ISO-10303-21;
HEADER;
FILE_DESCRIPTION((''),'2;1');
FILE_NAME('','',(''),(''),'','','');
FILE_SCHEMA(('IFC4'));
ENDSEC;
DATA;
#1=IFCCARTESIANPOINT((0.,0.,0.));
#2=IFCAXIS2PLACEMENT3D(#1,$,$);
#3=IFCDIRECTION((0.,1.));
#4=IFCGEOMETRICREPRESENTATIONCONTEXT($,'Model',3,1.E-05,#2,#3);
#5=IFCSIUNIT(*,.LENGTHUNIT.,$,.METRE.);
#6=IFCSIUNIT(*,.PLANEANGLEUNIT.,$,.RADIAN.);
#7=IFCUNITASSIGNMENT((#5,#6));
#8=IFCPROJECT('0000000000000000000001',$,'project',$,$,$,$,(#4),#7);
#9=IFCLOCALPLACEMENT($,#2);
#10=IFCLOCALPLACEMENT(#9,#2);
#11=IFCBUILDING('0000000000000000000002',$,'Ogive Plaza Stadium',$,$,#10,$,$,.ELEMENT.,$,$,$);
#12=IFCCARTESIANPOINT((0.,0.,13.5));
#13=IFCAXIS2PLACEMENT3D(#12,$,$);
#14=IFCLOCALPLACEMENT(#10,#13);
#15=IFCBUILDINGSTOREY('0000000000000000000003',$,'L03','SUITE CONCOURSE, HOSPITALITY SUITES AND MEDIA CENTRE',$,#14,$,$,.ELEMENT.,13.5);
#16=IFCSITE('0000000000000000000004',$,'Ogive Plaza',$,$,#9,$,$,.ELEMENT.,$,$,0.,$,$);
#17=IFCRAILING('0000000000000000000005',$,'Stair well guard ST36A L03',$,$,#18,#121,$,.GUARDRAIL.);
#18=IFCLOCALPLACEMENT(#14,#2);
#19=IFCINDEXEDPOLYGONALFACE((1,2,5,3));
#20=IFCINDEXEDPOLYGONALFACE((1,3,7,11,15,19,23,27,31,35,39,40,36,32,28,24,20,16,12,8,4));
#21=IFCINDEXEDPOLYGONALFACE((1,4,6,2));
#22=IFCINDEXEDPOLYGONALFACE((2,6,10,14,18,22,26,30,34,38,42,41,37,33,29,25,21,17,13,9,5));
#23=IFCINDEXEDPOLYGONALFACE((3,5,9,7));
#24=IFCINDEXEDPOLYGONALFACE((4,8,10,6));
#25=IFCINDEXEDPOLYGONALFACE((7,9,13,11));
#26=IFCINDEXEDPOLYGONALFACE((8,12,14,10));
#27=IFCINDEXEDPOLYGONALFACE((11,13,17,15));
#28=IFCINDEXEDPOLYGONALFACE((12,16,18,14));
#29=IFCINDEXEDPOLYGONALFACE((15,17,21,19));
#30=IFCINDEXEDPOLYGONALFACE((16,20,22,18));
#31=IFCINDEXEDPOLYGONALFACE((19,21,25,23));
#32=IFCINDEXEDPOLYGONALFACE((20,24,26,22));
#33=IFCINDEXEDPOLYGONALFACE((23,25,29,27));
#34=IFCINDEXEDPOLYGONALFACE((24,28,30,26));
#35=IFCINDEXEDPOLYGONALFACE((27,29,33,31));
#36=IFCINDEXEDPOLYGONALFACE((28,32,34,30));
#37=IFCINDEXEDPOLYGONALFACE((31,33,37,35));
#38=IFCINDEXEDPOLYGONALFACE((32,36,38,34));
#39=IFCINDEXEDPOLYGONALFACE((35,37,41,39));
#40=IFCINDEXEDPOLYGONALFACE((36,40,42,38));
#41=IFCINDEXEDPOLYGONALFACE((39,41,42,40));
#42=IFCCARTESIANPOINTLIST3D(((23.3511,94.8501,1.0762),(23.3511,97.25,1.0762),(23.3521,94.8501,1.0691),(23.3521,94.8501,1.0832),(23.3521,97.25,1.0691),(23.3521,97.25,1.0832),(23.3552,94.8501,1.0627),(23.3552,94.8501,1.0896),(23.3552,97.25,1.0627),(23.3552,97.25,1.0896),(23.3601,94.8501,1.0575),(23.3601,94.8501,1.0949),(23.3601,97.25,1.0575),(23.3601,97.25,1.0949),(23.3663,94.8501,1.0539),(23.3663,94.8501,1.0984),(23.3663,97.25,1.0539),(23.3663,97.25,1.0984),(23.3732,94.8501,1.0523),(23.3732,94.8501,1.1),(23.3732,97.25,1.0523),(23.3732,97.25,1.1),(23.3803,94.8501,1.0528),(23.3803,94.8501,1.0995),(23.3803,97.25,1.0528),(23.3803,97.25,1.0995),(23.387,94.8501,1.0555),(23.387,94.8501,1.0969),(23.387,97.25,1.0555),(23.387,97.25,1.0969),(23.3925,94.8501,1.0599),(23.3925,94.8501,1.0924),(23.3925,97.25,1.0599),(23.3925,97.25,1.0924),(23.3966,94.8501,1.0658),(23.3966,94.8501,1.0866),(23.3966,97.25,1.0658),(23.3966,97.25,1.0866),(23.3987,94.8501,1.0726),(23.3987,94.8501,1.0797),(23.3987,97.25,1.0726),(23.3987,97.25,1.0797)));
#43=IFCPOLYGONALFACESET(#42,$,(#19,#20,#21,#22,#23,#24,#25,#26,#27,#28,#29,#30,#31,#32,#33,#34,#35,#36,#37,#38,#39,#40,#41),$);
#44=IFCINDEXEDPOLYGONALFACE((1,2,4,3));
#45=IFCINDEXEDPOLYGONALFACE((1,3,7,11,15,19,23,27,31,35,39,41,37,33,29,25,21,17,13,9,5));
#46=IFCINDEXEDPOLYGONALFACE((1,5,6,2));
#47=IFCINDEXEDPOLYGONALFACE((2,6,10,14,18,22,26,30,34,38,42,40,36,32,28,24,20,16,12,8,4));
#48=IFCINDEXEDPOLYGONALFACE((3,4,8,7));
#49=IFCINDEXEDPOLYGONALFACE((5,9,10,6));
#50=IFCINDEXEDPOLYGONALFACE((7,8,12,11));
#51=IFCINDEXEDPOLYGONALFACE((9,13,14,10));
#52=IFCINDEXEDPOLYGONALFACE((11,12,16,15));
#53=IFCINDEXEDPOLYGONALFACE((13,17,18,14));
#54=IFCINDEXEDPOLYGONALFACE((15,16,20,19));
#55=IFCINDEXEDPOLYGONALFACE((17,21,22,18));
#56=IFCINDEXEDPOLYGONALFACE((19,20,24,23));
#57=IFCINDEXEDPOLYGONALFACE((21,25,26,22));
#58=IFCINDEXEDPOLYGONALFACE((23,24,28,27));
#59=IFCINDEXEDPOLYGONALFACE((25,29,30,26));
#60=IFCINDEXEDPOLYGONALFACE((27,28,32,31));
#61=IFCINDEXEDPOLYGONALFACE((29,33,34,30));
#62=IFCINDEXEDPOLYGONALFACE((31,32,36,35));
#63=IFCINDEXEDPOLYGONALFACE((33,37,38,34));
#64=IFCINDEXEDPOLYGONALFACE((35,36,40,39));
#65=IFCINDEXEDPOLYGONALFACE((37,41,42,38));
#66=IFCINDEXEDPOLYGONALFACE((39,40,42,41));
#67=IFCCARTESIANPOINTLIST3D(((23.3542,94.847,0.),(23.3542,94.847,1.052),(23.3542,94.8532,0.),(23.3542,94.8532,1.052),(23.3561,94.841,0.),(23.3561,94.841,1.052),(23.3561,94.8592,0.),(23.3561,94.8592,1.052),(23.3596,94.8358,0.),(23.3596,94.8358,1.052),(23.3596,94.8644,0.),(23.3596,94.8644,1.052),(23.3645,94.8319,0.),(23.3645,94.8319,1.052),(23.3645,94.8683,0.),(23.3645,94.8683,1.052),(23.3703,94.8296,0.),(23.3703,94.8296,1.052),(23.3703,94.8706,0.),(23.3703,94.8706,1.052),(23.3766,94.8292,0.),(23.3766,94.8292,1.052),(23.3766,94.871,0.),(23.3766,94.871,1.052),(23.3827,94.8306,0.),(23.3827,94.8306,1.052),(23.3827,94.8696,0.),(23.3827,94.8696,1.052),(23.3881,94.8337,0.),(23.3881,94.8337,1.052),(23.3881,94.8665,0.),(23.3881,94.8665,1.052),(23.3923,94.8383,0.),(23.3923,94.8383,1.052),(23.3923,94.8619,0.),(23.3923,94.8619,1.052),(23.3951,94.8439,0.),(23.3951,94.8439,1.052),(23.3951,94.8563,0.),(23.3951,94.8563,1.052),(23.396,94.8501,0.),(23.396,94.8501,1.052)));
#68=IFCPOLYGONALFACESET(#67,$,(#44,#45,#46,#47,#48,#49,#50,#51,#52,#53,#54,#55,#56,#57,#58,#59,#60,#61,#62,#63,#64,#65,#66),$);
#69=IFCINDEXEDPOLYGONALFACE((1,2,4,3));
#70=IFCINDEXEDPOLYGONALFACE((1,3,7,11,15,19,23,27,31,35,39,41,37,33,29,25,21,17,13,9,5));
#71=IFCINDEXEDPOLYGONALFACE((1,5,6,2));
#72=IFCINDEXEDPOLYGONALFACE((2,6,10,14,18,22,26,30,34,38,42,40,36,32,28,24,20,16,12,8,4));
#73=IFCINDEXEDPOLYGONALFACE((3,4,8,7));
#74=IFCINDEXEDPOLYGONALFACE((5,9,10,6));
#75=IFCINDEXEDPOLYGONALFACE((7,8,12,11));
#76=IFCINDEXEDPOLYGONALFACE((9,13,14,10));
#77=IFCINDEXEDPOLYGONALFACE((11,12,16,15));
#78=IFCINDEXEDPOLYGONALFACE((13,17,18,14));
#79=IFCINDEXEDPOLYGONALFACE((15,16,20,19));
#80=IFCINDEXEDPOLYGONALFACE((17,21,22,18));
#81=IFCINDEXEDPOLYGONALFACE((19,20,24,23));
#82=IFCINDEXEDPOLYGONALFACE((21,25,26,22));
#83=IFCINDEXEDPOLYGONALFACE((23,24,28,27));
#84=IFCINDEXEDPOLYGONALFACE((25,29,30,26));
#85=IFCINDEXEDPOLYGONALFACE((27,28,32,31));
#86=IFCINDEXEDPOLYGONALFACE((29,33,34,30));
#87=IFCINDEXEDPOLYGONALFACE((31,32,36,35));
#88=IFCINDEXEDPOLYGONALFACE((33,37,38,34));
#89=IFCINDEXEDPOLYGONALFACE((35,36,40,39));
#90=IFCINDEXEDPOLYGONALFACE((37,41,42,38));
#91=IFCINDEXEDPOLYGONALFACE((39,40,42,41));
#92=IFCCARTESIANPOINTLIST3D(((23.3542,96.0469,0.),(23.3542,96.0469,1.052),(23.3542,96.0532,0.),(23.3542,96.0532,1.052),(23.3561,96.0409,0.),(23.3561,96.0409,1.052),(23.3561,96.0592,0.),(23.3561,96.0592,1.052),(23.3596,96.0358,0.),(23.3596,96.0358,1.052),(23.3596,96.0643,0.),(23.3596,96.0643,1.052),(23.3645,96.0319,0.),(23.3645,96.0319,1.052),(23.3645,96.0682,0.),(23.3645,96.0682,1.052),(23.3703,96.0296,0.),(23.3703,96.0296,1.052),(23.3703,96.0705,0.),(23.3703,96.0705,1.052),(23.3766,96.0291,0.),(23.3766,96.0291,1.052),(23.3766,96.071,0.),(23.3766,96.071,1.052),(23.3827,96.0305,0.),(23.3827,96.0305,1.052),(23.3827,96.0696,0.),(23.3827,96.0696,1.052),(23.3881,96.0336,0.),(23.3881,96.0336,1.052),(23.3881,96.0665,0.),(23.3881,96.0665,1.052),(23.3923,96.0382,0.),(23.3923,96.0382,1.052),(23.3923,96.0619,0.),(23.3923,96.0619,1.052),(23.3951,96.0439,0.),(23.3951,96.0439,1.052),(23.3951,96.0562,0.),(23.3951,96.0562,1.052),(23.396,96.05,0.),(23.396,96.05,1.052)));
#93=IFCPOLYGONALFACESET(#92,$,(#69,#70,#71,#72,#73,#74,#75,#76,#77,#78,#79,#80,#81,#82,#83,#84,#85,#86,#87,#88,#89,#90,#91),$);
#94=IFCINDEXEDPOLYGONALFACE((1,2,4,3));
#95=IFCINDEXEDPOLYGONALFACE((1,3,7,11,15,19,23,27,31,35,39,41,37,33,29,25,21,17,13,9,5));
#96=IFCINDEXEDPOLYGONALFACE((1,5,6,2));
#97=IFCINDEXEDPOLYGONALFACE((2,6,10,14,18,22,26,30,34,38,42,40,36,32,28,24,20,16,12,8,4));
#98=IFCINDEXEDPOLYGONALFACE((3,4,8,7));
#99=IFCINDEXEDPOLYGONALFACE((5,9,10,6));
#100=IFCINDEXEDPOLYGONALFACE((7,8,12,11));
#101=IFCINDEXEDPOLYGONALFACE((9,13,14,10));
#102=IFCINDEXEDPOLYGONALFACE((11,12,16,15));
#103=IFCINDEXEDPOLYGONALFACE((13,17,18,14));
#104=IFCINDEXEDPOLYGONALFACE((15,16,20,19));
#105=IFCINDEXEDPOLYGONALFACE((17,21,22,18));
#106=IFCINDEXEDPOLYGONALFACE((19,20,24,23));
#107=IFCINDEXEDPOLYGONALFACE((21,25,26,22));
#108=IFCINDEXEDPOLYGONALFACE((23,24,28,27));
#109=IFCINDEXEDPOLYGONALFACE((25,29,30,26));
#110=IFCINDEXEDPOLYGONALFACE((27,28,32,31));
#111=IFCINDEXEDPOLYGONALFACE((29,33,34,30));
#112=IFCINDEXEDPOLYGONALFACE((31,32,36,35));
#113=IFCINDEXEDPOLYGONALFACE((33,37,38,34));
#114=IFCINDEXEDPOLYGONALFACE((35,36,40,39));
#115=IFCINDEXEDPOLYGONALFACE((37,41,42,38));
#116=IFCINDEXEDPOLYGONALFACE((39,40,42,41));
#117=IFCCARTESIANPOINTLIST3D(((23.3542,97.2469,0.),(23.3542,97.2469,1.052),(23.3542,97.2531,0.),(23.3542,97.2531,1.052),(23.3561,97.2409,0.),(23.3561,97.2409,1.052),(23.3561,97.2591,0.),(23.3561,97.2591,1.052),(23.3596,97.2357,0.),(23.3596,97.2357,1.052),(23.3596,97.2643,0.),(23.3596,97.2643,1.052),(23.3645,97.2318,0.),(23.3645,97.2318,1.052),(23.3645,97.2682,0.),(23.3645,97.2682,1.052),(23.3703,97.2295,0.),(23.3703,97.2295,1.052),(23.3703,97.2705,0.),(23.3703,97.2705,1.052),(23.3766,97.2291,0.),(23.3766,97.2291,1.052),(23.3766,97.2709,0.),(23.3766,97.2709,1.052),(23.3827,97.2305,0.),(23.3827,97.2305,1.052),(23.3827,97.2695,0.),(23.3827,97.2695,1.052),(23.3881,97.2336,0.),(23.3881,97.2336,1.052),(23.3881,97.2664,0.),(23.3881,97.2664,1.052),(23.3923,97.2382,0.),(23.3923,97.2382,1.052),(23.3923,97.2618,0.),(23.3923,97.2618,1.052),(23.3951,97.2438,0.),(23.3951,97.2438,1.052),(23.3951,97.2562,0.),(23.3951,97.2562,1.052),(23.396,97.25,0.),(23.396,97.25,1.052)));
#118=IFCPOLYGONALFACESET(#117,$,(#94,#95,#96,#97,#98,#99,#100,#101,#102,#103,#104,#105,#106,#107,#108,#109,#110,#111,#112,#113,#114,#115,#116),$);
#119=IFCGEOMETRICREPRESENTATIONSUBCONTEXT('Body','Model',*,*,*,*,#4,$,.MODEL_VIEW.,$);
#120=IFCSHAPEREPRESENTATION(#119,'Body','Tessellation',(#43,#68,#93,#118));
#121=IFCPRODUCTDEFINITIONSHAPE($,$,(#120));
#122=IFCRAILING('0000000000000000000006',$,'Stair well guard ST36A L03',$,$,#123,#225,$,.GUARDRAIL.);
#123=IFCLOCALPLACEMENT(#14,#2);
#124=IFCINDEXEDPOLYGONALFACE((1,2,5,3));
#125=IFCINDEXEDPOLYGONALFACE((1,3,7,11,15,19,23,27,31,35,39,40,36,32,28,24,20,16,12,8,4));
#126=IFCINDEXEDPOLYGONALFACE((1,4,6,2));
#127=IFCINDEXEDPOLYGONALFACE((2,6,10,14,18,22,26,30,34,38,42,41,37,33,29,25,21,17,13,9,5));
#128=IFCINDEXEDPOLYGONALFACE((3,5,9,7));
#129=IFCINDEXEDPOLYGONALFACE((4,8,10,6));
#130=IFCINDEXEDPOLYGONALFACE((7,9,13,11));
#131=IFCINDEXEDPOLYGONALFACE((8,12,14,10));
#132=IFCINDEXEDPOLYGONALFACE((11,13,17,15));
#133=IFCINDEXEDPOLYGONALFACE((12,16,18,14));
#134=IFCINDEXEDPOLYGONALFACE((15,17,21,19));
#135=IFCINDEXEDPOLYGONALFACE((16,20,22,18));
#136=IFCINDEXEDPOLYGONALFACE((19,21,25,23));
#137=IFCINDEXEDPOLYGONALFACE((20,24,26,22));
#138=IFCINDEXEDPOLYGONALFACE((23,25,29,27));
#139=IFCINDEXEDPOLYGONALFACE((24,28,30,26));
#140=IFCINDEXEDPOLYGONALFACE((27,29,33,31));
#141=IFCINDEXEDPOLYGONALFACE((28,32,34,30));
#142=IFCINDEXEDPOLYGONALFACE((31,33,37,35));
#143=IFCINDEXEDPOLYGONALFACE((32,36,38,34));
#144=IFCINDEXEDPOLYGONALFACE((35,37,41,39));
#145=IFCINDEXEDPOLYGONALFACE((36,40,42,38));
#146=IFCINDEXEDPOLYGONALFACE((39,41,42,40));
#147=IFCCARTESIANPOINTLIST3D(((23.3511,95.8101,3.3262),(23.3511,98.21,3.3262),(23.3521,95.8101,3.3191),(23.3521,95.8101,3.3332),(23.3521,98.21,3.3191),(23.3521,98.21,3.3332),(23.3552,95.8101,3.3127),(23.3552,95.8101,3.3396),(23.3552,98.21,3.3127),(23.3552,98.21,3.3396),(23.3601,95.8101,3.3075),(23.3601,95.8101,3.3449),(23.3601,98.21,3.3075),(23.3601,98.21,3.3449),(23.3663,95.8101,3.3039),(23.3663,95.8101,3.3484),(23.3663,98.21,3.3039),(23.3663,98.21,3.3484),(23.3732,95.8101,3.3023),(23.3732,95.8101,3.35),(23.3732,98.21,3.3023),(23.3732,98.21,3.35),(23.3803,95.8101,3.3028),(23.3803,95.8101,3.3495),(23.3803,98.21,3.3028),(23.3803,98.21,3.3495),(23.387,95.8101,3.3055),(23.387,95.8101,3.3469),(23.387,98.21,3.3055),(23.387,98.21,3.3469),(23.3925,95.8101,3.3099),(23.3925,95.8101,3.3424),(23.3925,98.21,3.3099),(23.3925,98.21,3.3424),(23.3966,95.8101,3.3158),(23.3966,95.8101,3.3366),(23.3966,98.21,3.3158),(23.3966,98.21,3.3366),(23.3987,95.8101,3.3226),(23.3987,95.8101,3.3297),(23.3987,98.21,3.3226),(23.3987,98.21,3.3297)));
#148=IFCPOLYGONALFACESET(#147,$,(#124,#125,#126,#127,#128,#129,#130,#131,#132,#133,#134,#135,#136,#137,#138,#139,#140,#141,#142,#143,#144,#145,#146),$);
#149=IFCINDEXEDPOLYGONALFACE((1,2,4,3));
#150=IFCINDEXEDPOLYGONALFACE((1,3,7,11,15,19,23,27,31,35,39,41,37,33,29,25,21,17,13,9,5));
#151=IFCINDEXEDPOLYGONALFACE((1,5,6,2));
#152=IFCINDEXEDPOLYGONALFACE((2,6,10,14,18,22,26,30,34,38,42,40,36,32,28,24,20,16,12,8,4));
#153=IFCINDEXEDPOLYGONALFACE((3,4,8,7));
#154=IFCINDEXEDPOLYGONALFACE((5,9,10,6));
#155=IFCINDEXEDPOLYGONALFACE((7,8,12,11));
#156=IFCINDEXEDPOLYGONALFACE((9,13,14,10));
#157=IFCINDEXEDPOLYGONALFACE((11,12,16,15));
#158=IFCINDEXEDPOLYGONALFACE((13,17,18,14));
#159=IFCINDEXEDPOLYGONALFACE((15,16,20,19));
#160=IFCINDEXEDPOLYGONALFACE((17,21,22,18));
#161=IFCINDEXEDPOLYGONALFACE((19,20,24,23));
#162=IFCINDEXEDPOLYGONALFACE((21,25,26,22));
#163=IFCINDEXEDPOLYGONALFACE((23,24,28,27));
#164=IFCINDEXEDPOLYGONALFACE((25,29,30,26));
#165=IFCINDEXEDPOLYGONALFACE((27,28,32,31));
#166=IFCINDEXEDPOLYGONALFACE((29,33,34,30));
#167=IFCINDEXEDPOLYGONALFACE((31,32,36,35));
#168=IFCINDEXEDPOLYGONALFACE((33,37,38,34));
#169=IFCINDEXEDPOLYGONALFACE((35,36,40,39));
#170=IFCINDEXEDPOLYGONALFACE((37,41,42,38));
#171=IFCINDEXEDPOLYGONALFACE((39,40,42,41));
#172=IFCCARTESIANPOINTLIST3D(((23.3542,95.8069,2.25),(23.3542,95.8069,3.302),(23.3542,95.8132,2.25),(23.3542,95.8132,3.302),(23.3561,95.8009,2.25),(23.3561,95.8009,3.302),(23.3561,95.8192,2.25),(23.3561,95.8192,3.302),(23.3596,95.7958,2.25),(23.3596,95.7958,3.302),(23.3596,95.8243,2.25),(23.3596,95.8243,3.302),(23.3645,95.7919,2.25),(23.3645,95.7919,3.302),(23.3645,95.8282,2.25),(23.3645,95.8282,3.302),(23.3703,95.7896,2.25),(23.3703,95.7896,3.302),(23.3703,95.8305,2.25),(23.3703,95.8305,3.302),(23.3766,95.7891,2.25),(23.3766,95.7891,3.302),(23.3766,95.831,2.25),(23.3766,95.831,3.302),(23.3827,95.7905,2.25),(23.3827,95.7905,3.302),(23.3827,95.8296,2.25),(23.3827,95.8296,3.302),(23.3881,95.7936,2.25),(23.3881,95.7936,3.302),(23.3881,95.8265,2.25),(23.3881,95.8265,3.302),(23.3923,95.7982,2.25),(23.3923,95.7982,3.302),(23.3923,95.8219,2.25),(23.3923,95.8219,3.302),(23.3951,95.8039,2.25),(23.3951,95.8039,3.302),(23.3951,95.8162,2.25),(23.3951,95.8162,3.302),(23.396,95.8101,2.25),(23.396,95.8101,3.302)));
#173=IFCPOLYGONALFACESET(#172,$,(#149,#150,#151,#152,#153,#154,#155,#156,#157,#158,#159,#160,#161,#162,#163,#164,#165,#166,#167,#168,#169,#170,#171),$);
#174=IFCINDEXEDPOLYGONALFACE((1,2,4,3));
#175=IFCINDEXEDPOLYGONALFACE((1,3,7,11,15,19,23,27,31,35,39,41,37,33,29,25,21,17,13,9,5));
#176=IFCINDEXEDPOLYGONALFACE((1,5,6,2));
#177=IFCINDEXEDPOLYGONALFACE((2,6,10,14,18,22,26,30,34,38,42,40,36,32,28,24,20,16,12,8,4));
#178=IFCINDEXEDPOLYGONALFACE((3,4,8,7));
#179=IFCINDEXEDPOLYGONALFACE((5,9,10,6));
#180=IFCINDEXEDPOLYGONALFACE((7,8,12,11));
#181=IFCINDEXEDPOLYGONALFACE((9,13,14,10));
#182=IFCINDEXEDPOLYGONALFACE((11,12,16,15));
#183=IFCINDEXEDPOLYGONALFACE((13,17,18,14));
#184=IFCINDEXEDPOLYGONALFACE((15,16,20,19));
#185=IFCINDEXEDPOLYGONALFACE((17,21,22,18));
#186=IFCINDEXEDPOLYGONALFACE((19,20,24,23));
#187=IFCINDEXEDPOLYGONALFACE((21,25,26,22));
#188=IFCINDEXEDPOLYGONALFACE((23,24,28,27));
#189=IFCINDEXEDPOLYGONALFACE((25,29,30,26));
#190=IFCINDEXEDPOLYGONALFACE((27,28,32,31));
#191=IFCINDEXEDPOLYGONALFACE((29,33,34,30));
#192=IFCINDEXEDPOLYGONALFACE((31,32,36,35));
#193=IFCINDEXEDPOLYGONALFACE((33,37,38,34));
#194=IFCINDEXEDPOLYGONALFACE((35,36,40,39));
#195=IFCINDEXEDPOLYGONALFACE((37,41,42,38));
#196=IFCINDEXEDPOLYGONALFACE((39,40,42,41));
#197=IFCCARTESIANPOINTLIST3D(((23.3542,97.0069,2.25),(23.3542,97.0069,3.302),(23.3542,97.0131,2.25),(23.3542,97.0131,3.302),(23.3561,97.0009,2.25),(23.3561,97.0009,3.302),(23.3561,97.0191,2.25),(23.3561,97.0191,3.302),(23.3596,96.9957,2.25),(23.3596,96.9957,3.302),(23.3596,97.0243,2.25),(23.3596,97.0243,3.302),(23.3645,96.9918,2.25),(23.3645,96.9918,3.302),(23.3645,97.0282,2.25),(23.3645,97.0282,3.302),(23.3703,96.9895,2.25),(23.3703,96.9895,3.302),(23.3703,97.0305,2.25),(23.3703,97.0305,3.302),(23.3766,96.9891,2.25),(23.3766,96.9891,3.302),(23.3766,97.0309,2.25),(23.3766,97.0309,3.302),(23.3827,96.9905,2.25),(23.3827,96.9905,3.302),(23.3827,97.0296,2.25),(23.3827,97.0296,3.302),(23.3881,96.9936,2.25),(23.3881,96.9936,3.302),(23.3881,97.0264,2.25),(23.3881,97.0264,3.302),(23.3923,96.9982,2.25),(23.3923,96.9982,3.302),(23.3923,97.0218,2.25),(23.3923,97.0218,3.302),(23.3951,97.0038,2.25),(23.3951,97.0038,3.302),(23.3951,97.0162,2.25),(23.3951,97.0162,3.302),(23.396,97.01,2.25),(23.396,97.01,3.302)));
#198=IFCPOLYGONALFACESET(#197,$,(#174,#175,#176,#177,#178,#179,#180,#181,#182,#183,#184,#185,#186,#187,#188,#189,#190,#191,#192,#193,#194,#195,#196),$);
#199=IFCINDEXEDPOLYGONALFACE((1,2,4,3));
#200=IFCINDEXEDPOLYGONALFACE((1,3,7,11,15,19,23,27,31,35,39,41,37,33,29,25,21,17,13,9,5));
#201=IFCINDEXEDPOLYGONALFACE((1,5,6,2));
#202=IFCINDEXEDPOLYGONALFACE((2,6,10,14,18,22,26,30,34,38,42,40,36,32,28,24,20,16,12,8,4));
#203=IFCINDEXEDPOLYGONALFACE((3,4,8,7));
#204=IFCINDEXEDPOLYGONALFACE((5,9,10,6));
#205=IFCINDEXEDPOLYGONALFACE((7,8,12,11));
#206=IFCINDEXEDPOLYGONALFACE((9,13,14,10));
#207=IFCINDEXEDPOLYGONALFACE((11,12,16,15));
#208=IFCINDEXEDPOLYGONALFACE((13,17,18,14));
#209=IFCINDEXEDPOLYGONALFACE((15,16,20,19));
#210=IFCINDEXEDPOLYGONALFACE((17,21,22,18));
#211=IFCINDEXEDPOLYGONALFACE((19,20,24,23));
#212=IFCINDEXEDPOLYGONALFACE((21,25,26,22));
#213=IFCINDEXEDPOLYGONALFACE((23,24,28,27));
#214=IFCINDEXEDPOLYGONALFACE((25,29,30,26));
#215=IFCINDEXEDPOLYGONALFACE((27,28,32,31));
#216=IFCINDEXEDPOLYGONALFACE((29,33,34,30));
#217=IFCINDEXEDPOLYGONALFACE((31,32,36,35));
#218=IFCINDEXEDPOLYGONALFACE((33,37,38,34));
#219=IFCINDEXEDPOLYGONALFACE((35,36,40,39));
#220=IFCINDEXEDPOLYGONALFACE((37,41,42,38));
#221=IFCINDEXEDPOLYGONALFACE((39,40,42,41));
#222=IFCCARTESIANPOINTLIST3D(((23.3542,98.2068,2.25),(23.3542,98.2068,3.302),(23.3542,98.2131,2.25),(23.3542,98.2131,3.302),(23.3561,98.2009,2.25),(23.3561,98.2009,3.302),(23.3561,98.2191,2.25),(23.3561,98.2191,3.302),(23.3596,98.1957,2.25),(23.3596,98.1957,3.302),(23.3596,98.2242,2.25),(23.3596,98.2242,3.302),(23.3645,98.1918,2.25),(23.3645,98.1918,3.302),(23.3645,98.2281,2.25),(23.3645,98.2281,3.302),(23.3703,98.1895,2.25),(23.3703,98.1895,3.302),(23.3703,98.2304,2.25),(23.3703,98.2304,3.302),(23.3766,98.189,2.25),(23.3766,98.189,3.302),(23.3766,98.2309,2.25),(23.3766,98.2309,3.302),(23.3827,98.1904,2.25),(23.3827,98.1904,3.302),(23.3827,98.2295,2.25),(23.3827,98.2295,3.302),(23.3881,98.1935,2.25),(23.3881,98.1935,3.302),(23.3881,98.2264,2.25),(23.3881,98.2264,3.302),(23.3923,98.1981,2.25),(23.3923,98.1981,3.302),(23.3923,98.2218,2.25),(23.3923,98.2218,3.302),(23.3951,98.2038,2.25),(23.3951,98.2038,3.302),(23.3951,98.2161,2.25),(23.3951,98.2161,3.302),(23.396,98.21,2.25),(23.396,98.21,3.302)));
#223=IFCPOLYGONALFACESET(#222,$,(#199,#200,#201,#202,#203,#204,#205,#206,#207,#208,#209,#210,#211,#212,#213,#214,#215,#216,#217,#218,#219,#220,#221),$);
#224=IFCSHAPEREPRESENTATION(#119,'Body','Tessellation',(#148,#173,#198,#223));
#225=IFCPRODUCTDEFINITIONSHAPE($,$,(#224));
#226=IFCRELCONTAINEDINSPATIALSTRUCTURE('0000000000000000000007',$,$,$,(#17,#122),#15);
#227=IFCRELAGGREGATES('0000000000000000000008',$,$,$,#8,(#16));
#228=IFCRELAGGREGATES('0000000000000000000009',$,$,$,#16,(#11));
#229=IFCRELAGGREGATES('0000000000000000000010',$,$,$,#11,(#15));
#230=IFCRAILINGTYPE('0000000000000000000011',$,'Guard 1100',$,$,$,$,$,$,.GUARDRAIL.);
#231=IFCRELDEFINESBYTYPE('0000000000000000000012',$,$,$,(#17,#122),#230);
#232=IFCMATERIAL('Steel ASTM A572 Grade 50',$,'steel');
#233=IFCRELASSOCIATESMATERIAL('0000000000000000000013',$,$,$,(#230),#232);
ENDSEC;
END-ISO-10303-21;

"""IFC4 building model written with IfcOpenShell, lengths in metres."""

from ifc_helpers import new_model, si_unit, direction, frame, origin, origin_2d, place, context, subcontext, project, spatial, circle, extrude, material, type_object, element, save


model = new_model("IFC4")

# Units and contexts
model_context = context("Model", 3, precision=1e-05, world=origin(), true_north=direction((0.0, 1.0)))
body_context = subcontext(model_context, "Body", "Model", "MODEL_VIEW")
ifc_project = project(units=[si_unit("LENGTHUNIT", "METRE"), si_unit("PLANEANGLEUNIT", "RADIAN")], contexts=[model_context])

# Site, building, storey
site_placement = place(None, origin())
site = spatial("IfcSite", under=ifc_project, at=site_placement, Name="Ogive Plaza", CompositionType="ELEMENT", RefElevation=0.0)
building_placement = place(site_placement, origin())
building = spatial("IfcBuilding", under=site, at=building_placement, Name="Ogive Plaza Stadium", CompositionType="ELEMENT")
storey_placement = place(building_placement, frame((0.0, 0.0, 13.5)))
storey = spatial("IfcBuildingStorey", under=building, at=storey_placement, Name="L03", Description="SUITE CONCOURSE, HOSPITALITY SUITES AND MEDIA CENTRE", CompositionType="ELEMENT", Elevation=13.5)

# Railings
ifc_material_1 = material(Name="Steel ASTM A572 Grade 50", Category="steel")
railing_type_1 = type_object("IfcRailingType", Name="Guard 1100", PredefinedType="GUARDRAIL", material=ifc_material_1)
for number, where, name in (
    (1, (23.375, 94.8501, 0.0), "Stair well guard ST36A L03"),
    (2, (23.375, 95.8101, 2.25), "Stair well guard ST36A L03"),
):
    element("IfcRailing", number, at=place(storey_placement, frame(where)), inside=storey, type_object=railing_type_1, Name=name, PredefinedType="GUARDRAIL", context=body_context, shape_type="SweptSolid", body=[
        extrude(circle(Radius=0.0239, at=origin_2d()), frame((0.0, 0.0, 1.0762), z_axis=(0.0, 1.0, 0.0), x_axis=(-1.0, 0.0, 0.0)), (0.0, 0.0, 1.0), 2.3999),
        extrude(circle(Radius=0.021, at=origin_2d()), origin(), (0.0, 0.0, 1.0), 1.052),
        extrude(circle(Radius=0.021, at=origin_2d()), frame((0.0, 1.2, 0.0)), (0.0, 0.0, 1.0), 1.052),
        extrude(circle(Radius=0.021, at=origin_2d()), frame((0.0, 2.3999, 0.0)), (0.0, 0.0, 1.0), 1.052),
    ])

save(model, "model.ifc")
